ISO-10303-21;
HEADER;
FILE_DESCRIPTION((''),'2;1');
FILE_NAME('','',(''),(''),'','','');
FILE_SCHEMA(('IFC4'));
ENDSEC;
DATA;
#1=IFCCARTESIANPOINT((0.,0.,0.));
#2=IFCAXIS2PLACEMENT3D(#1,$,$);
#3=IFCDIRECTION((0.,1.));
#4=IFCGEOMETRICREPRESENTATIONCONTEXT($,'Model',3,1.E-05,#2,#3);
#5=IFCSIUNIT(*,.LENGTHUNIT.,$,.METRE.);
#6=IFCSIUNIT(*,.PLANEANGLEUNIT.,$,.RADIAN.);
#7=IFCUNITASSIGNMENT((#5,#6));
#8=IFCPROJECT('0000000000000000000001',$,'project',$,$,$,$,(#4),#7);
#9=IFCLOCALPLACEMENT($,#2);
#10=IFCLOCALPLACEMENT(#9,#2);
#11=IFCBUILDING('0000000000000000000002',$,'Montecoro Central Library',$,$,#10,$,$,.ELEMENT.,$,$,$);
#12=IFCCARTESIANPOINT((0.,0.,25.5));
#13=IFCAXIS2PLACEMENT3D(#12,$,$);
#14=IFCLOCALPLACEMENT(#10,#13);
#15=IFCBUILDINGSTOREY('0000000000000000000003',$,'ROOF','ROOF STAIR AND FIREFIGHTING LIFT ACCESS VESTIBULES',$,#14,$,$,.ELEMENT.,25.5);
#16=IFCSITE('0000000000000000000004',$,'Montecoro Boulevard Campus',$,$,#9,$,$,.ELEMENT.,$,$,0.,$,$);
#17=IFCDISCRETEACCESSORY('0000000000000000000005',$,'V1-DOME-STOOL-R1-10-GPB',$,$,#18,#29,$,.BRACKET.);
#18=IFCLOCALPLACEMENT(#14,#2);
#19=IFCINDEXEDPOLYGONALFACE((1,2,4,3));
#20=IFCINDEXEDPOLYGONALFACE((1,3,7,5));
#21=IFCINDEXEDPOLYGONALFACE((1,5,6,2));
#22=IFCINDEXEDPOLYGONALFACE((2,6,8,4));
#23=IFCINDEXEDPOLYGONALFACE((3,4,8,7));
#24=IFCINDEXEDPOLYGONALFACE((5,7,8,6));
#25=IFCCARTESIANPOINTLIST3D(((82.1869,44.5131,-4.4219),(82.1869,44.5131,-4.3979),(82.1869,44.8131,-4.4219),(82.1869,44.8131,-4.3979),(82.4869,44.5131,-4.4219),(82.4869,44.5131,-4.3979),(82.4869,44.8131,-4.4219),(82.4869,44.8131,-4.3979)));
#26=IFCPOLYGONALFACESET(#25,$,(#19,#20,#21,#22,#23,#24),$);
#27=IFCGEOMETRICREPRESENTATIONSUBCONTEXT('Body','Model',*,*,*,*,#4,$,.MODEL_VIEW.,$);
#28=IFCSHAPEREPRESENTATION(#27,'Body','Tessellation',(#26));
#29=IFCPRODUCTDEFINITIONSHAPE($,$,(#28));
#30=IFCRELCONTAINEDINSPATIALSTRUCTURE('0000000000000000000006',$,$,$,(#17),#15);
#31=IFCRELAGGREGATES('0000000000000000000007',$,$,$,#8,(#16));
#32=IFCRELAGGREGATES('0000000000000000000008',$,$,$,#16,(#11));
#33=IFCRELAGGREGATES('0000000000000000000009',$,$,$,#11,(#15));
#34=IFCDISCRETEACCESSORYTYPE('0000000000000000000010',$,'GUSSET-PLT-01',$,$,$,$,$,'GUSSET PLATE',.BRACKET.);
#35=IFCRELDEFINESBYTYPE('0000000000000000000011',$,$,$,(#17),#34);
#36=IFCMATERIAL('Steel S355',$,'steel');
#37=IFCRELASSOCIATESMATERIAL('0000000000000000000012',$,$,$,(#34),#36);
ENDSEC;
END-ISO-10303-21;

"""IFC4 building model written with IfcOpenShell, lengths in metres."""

from ifc_helpers import new_model, si_unit, direction, frame, origin, origin_2d, place, context, subcontext, project, spatial, rectangle, extrude, material, type_object, element, save


model = new_model("IFC4")

# Units and contexts
model_context = context("Model", 3, precision=1e-05, world=origin(), true_north=direction((0.0, 1.0)))
body_context = subcontext(model_context, "Body", "Model", "MODEL_VIEW")
ifc_project = project(units=[si_unit("LENGTHUNIT", "METRE"), si_unit("PLANEANGLEUNIT", "RADIAN")], contexts=[model_context])

# Site, building, storey
site_placement = place(None, origin())
site = spatial("IfcSite", under=ifc_project, at=site_placement, Name="Montecoro Boulevard Campus", CompositionType="ELEMENT", RefElevation=0.0)
building_placement = place(site_placement, origin())
building = spatial("IfcBuilding", under=site, at=building_placement, Name="Montecoro Central Library", CompositionType="ELEMENT")
storey_placement = place(building_placement, frame((0.0, 0.0, 25.5)))
storey = spatial("IfcBuildingStorey", under=building, at=storey_placement, Name="ROOF", Description="ROOF STAIR AND FIREFIGHTING LIFT ACCESS VESTIBULES", CompositionType="ELEMENT", Elevation=25.5)

# Shared definitions
ifc_material_1 = material(Name="Steel S355", Category="steel")

# Discrete accessory
discrete_accessory_type = type_object("IfcDiscreteAccessoryType", Name="GUSSET-PLT-01", ElementType="GUSSET PLATE", PredefinedType="BRACKET", material=ifc_material_1)
for number, where, z_axis, x_axis, name in (
    (1, (82.3369, 44.6631, -4.4219), (0.0, 0.0, 1.0), (1.0, 0.0, 0.0), "V1-DOME-STOOL-R1-10-GPB"),
):
    element("IfcDiscreteAccessory", number, at=place(storey_placement, frame(where, z_axis=z_axis, x_axis=x_axis)), inside=storey, type_object=discrete_accessory_type, Name=name, PredefinedType="BRACKET", context=body_context, shape_type="SweptSolid", body=[
        extrude(rectangle(XDim=0.3, YDim=0.3, at=origin_2d()), origin(), (0.0, 0.0, 1.0), 0.0239),
    ])

save(model, "model.ifc")
